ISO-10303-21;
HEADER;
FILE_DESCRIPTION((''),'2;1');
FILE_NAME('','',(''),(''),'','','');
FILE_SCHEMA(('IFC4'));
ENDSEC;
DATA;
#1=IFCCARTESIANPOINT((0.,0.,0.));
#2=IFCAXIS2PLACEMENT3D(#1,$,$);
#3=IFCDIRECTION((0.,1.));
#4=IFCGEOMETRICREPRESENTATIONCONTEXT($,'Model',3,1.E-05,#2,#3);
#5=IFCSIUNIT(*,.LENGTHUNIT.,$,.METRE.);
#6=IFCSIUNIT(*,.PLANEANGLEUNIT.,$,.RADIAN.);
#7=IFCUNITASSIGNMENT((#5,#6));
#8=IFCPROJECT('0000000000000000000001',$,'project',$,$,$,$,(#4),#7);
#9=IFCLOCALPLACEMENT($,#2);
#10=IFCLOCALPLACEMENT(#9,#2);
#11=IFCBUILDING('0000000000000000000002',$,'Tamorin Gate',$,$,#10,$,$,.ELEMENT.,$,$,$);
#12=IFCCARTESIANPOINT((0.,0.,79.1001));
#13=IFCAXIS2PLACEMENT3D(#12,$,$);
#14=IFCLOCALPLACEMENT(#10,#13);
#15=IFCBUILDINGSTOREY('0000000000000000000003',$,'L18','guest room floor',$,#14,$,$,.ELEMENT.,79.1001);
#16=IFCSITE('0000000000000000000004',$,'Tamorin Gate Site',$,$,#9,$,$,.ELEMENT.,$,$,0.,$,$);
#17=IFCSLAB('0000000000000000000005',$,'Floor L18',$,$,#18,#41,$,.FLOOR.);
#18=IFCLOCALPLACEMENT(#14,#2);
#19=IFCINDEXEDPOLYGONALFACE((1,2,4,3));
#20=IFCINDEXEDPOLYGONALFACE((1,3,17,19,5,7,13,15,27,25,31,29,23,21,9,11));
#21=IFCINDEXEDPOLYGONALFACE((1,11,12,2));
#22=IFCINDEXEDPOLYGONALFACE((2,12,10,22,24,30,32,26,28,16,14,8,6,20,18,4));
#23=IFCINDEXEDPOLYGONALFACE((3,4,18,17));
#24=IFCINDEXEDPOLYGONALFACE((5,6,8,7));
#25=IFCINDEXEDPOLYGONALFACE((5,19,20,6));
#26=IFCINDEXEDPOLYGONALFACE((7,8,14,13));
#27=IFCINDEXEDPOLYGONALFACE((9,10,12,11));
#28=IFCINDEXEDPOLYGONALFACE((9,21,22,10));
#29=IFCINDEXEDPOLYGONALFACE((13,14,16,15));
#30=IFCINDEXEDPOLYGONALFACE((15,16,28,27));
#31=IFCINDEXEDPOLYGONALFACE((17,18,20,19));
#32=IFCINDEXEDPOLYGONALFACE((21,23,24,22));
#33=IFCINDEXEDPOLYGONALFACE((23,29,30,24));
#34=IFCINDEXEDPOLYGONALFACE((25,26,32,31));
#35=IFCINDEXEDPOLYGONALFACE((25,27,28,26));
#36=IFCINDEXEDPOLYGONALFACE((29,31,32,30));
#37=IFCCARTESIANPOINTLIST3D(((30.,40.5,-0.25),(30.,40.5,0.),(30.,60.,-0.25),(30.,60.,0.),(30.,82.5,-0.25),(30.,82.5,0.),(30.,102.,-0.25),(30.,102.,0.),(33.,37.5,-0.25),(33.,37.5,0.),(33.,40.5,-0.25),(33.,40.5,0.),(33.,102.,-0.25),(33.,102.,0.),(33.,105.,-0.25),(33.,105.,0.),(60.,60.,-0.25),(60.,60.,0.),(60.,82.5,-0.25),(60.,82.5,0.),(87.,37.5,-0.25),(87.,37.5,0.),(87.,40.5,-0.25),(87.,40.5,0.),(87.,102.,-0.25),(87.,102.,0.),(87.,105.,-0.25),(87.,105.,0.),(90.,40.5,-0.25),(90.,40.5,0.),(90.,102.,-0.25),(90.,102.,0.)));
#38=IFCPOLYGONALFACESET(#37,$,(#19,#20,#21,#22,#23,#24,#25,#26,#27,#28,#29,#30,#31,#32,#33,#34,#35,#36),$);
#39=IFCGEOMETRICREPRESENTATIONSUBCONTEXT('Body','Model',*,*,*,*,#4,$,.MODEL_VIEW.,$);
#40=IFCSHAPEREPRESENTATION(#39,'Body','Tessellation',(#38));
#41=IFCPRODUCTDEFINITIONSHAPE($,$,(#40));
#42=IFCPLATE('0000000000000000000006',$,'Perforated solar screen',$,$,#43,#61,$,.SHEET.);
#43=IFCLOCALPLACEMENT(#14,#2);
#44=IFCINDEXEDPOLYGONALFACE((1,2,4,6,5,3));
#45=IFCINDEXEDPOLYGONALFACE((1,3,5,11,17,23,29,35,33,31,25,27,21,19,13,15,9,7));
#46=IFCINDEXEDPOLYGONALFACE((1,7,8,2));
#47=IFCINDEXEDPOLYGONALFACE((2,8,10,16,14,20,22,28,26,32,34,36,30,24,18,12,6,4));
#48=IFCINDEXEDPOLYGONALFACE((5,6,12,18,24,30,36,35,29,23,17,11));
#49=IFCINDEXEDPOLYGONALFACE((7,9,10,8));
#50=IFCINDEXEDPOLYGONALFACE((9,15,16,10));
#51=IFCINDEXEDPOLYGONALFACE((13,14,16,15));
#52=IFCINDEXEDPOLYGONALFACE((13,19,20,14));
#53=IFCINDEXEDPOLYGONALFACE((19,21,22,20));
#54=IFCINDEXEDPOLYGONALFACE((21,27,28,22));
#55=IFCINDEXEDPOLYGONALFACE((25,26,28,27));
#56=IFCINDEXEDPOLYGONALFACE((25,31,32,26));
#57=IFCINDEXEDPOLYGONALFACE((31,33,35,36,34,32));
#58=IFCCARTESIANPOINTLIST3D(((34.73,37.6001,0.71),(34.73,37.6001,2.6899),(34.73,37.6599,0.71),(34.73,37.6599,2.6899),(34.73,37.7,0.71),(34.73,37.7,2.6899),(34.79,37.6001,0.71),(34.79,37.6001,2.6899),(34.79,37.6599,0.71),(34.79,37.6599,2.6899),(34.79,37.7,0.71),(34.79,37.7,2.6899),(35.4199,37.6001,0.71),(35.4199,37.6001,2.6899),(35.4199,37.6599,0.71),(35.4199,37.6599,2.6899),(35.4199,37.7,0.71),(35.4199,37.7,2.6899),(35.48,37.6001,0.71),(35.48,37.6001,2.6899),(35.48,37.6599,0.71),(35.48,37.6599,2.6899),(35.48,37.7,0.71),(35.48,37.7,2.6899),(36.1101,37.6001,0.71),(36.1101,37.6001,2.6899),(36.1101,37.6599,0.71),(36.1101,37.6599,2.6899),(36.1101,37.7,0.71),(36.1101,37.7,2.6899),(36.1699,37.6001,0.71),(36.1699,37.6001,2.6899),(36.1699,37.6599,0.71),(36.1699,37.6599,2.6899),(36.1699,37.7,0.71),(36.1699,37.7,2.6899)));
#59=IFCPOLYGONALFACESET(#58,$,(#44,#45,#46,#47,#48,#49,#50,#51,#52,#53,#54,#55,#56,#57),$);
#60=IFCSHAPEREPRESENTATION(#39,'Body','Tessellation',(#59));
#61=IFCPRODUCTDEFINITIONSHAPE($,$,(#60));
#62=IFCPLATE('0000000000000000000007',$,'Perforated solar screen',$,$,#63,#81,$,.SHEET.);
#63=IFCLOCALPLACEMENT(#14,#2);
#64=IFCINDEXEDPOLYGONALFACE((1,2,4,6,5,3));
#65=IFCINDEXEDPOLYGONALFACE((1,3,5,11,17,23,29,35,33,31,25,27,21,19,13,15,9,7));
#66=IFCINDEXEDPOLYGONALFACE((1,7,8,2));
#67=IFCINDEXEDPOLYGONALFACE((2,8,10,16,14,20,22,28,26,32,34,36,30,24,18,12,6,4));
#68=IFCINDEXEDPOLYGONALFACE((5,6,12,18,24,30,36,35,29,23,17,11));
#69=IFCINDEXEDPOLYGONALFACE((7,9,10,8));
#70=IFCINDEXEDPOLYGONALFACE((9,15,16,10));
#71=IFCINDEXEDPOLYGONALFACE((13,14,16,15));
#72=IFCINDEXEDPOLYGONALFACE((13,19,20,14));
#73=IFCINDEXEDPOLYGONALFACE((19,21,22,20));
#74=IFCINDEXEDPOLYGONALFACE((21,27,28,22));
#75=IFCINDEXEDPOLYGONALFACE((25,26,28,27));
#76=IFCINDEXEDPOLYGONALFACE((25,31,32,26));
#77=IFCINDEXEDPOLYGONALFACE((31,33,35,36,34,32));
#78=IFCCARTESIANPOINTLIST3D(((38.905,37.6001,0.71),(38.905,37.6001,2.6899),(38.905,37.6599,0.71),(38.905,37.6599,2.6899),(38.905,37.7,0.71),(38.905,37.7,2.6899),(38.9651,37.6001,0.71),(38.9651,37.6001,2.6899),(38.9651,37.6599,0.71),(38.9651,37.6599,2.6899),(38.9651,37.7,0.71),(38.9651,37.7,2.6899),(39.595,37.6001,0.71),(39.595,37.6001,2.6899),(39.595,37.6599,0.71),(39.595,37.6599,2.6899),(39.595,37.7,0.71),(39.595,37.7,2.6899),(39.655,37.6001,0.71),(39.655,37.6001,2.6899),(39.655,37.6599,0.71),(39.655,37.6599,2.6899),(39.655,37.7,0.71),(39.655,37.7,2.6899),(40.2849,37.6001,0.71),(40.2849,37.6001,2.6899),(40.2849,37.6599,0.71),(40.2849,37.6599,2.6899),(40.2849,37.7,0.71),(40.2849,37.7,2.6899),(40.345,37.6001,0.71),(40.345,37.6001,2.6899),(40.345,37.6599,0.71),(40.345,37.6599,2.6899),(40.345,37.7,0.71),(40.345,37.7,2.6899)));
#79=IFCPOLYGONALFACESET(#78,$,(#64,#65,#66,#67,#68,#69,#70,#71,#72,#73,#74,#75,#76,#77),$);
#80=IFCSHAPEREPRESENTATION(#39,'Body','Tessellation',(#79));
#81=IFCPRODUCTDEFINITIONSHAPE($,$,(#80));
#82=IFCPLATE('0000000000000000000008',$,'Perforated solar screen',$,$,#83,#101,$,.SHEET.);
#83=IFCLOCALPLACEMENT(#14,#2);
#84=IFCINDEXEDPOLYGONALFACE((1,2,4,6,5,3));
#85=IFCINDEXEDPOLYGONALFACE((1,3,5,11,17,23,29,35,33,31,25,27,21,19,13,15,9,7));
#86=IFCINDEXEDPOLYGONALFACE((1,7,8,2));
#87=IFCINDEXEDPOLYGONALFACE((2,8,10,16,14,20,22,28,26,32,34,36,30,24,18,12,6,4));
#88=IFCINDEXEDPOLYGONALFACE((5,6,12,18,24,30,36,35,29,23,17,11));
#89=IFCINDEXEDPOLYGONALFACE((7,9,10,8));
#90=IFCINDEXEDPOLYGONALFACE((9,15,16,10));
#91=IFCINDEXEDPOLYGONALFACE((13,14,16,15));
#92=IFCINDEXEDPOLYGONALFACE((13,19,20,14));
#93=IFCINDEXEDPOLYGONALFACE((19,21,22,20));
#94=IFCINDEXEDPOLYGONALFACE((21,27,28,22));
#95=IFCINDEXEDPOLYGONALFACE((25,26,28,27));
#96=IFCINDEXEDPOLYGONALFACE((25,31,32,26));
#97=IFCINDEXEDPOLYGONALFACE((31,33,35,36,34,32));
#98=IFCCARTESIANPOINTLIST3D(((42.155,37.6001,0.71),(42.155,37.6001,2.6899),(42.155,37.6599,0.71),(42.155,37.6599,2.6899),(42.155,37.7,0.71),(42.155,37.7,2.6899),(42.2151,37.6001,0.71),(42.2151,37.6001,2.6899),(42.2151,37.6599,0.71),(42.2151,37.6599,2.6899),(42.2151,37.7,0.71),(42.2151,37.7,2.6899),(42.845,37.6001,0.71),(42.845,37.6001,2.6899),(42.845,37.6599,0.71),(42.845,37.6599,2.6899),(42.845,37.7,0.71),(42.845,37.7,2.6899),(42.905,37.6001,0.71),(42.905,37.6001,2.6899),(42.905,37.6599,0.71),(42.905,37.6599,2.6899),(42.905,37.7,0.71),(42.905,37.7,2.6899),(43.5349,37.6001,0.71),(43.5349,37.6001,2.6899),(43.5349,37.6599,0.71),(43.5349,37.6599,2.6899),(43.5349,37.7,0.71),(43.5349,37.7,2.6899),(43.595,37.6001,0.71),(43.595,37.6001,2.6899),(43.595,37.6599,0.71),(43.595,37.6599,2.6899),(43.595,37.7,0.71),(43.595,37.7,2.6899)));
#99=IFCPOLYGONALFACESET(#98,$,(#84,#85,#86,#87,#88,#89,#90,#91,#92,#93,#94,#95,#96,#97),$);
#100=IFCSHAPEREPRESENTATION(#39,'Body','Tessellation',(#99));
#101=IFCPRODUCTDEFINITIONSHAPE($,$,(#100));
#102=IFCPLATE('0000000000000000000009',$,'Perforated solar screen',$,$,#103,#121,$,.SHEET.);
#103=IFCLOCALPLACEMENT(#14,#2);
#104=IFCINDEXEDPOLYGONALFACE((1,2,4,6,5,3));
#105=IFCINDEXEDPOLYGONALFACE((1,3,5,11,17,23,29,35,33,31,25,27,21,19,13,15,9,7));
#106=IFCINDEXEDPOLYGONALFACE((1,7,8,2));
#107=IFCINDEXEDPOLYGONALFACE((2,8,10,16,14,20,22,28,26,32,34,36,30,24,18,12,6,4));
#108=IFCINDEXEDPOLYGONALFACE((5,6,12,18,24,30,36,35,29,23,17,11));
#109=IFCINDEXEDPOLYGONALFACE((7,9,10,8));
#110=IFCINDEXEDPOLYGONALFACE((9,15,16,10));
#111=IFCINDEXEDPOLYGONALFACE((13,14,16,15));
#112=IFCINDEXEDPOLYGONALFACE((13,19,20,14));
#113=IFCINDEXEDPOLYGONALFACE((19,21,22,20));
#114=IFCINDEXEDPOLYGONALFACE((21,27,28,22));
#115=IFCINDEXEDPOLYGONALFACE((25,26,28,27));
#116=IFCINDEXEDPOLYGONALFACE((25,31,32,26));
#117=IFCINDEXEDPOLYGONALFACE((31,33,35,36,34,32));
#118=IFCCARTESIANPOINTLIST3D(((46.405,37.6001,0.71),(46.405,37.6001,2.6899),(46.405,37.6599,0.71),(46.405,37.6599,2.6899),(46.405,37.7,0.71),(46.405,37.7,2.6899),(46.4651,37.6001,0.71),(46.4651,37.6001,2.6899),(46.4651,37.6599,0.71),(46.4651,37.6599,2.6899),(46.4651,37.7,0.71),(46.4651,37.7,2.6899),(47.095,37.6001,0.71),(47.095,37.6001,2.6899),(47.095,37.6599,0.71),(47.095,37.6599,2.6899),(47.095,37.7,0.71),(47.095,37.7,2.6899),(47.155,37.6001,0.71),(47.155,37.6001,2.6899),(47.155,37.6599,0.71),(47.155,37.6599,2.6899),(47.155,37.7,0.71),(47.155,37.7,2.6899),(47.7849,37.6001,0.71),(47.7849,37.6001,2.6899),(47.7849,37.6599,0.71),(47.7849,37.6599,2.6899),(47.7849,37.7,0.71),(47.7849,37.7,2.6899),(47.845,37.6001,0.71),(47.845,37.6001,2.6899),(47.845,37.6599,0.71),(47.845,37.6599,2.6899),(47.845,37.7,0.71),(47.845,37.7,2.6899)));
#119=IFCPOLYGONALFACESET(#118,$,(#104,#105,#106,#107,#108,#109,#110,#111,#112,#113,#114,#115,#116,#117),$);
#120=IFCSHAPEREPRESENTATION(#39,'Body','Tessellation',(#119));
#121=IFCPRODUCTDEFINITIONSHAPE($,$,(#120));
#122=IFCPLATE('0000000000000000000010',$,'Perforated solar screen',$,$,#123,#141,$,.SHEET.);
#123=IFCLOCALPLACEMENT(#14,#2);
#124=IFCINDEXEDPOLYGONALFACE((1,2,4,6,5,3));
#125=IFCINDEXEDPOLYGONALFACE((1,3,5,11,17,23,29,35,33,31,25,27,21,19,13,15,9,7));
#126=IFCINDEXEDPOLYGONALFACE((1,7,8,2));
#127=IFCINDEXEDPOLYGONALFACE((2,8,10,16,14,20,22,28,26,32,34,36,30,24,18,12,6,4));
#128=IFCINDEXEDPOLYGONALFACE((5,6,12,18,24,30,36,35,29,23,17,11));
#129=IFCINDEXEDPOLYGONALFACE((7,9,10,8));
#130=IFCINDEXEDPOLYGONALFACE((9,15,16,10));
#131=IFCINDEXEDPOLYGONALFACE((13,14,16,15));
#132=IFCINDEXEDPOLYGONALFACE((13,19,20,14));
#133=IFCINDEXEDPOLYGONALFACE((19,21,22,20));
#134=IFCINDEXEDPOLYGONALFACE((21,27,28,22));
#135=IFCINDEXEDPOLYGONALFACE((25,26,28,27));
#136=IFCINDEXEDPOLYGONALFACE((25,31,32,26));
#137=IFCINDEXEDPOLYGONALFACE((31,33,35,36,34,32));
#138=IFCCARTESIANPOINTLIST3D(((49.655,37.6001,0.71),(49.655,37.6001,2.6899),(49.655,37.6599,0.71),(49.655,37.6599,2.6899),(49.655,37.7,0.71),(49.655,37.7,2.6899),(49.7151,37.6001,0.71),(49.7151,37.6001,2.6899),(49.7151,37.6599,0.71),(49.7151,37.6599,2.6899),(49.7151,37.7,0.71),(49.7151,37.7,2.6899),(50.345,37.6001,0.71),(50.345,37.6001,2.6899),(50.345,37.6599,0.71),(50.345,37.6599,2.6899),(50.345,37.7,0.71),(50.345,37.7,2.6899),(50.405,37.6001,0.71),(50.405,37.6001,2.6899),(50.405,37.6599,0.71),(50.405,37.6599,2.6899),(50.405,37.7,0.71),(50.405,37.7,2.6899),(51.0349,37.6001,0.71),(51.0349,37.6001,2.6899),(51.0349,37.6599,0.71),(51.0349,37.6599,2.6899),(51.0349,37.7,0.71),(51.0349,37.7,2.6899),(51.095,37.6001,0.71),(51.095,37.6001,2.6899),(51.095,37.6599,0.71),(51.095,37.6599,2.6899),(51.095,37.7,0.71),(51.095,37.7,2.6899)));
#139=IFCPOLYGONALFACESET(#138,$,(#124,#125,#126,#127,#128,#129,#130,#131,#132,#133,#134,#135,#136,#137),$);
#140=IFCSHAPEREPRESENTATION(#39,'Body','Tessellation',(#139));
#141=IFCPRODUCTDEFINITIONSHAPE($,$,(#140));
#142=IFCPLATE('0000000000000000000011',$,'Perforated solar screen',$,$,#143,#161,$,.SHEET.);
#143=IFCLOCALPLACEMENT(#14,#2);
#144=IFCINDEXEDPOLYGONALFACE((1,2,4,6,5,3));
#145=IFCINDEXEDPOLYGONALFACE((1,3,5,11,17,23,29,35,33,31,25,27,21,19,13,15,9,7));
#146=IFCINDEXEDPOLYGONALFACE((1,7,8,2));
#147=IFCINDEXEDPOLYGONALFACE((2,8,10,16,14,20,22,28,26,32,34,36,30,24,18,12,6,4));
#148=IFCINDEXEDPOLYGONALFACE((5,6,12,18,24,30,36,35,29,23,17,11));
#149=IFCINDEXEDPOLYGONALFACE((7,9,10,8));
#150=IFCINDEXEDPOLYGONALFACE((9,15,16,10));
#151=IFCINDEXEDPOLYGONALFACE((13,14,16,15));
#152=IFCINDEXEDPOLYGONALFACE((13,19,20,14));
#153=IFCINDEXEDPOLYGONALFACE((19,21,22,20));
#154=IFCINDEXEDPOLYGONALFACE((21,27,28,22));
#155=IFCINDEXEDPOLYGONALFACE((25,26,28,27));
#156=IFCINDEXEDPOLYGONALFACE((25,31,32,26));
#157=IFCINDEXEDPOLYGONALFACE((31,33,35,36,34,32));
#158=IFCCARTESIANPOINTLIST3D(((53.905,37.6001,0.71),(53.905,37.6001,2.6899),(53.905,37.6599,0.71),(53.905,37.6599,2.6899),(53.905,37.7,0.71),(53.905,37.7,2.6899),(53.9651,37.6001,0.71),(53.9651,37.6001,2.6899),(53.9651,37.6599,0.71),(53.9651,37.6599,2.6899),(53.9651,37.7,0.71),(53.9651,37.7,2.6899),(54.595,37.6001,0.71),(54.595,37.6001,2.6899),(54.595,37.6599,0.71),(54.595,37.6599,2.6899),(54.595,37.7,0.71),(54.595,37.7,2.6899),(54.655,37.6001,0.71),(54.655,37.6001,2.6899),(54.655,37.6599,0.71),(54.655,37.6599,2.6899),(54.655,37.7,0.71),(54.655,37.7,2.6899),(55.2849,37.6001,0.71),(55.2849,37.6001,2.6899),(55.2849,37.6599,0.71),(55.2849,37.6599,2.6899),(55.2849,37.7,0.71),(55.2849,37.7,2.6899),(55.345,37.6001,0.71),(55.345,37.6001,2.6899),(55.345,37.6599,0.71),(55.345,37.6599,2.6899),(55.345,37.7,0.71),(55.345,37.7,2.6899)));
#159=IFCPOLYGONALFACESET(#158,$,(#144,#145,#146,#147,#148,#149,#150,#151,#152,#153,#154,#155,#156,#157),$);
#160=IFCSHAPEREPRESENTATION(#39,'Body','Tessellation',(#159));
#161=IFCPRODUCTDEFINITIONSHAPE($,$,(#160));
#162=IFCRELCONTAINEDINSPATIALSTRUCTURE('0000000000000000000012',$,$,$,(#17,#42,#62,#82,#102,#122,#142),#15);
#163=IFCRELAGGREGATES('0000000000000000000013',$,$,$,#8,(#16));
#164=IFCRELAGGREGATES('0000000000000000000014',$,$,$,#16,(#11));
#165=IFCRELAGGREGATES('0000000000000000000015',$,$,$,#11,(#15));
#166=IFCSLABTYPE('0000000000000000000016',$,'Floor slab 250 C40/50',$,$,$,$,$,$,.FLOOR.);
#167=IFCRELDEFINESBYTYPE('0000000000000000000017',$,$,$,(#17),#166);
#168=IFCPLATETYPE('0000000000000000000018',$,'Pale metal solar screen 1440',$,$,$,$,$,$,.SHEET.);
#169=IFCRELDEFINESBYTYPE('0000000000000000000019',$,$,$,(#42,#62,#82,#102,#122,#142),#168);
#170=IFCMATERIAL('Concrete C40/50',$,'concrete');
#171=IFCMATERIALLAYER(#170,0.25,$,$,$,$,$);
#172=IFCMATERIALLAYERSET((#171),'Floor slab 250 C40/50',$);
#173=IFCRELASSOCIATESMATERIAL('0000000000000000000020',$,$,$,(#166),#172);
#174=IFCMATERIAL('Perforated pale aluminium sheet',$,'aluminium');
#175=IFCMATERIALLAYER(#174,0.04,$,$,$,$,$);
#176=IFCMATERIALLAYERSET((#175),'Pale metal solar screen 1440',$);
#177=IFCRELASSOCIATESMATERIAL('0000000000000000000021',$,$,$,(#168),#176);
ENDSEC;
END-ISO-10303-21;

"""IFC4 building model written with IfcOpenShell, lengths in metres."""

from ifc_helpers import new_model, si_unit, direction, frame, origin, place, context, subcontext, project, spatial, polyline, outline, extrude, material, layer, layer_set, type_object, element, save


model = new_model("IFC4")

# Units and contexts
model_context = context("Model", 3, precision=1e-05, world=origin(), true_north=direction((0.0, 1.0)))
body_context = subcontext(model_context, "Body", "Model", "MODEL_VIEW")
ifc_project = project(units=[si_unit("LENGTHUNIT", "METRE"), si_unit("PLANEANGLEUNIT", "RADIAN")], contexts=[model_context])

# Site, building, storey
site_placement = place(None, origin())
site = spatial("IfcSite", under=ifc_project, at=site_placement, Name="Tamorin Gate Site", CompositionType="ELEMENT", RefElevation=0.0)
building_placement = place(site_placement, origin())
building = spatial("IfcBuilding", under=site, at=building_placement, Name="Tamorin Gate", CompositionType="ELEMENT")
storey_placement = place(building_placement, frame((0.0, 0.0, 79.1001)))
storey = spatial("IfcBuildingStorey", under=building, at=storey_placement, Name="L18", Description="guest room floor", CompositionType="ELEMENT", Elevation=79.1001)

# Slab
ifc_material_1 = material(Name="Concrete C40/50", Category="concrete")
ifc_layer_1 = layer(ifc_material_1, 0.25)
ifc_layer_set_1 = layer_set([ifc_layer_1], Name="Floor slab 250 C40/50")
slab_type = type_object("IfcSlabType", Name="Floor slab 250 C40/50", PredefinedType="FLOOR", material=ifc_layer_set_1)
slab_placement = place(storey_placement, frame((0.0, 0.0, -0.25)))
element("IfcSlab", 1, at=slab_placement, inside=storey, type_object=slab_type, Name="Floor L18", PredefinedType="FLOOR", context=body_context, shape_type="SweptSolid", body=[
    extrude(outline(polyline([(30.0, 102.0), (33.0, 102.0), (33.0, 105.0), (87.0, 105.0), (87.0, 102.0), (90.0, 102.0), (90.0, 40.5), (87.0, 40.5), (87.0, 37.5), (33.0, 37.5), (33.0, 40.5), (30.0, 40.5), (30.0, 60.0), (60.0, 60.0), (60.0, 82.5), (30.0, 82.5), (30.0, 102.0)])), origin(), (0.0, 0.0, 1.0), 0.25),
])

# Plates
ifc_material_2 = material(Name="Perforated pale aluminium sheet", Category="aluminium")
ifc_layer_2 = layer(ifc_material_2, 0.04)
ifc_layer_set_2 = layer_set([ifc_layer_2], Name="Pale metal solar screen 1440")
plate_type = type_object("IfcPlateType", Name="Pale metal solar screen 1440", PredefinedType="SHEET", material=ifc_layer_set_2)
plate_1_placement = place(storey_placement, frame((0.0, 0.0, 0.71)))
element("IfcPlate", 2, at=plate_1_placement, inside=storey, type_object=plate_type, Name="Perforated solar screen", PredefinedType="SHEET", context=body_context, shape_type="SweptSolid", body=[
    extrude(outline(polyline([(34.73, 37.6599), (34.73, 37.7), (34.79, 37.7), (35.4199, 37.7), (35.48, 37.7), (36.1101, 37.7), (36.1699, 37.7), (36.1699, 37.6599), (36.1699, 37.6001), (36.1101, 37.6001), (36.1101, 37.6599), (35.48, 37.6599), (35.48, 37.6001), (35.4199, 37.6001), (35.4199, 37.6599), (34.79, 37.6599), (34.79, 37.6001), (34.73, 37.6001), (34.73, 37.6599)])), origin(), (0.0, 0.0, 1.0), 1.98),
])
plate_2_placement = place(storey_placement, frame((0.0, 0.0, 0.71)))
element("IfcPlate", 3, at=plate_2_placement, inside=storey, type_object=plate_type, Name="Perforated solar screen", PredefinedType="SHEET", context=body_context, shape_type="SweptSolid", body=[
    extrude(outline(polyline([(38.905, 37.6599), (38.905, 37.7), (38.9651, 37.7), (39.595, 37.7), (39.655, 37.7), (40.2849, 37.7), (40.345, 37.7), (40.345, 37.7), (40.345, 37.6599), (40.345, 37.6599), (40.345, 37.6001), (40.2849, 37.6001), (40.2849, 37.6599), (39.655, 37.6599), (39.655, 37.6001), (39.595, 37.6001), (39.595, 37.6599), (38.9651, 37.6599), (38.9651, 37.6001), (38.905, 37.6001), (38.905, 37.6599)])), origin(), (0.0, 0.0, 1.0), 1.98),
])
plate_3_placement = place(storey_placement, frame((0.0, 0.0, 0.71)))
element("IfcPlate", 4, at=plate_3_placement, inside=storey, type_object=plate_type, Name="Perforated solar screen", PredefinedType="SHEET", context=body_context, shape_type="SweptSolid", body=[
    extrude(outline(polyline([(42.155, 37.6599), (42.155, 37.7), (42.2151, 37.7), (42.845, 37.7), (42.905, 37.7), (43.5349, 37.7), (43.595, 37.7), (43.595, 37.6599), (43.595, 37.6001), (43.5349, 37.6001), (43.5349, 37.6599), (42.905, 37.6599), (42.905, 37.6001), (42.845, 37.6001), (42.845, 37.6599), (42.2151, 37.6599), (42.2151, 37.6001), (42.155, 37.6001), (42.155, 37.6599)])), origin(), (0.0, 0.0, 1.0), 1.98),
])
plate_4_placement = place(storey_placement, frame((0.0, 0.0, 0.71)))
element("IfcPlate", 5, at=plate_4_placement, inside=storey, type_object=plate_type, Name="Perforated solar screen", PredefinedType="SHEET", context=body_context, shape_type="SweptSolid", body=[
    extrude(outline(polyline([(46.405, 37.6599), (46.405, 37.7), (46.4651, 37.7), (47.095, 37.7), (47.155, 37.7), (47.7849, 37.7), (47.845, 37.7), (47.845, 37.6599), (47.845, 37.6001), (47.7849, 37.6001), (47.7849, 37.6599), (47.155, 37.6599), (47.155, 37.6001), (47.095, 37.6001), (47.095, 37.6599), (46.4651, 37.6599), (46.4651, 37.6001), (46.405, 37.6001), (46.405, 37.6599)])), origin(), (0.0, 0.0, 1.0), 1.98),
])
plate_5_placement = place(storey_placement, frame((0.0, 0.0, 0.71)))
element("IfcPlate", 6, at=plate_5_placement, inside=storey, type_object=plate_type, Name="Perforated solar screen", PredefinedType="SHEET", context=body_context, shape_type="SweptSolid", body=[
    extrude(outline(polyline([(49.655, 37.6599), (49.655, 37.7), (49.7151, 37.7), (50.345, 37.7), (50.405, 37.7), (51.0349, 37.7), (51.095, 37.7), (51.095, 37.6599), (51.095, 37.6001), (51.0349, 37.6001), (51.0349, 37.6599), (50.405, 37.6599), (50.405, 37.6001), (50.345, 37.6001), (50.345, 37.6599), (49.7151, 37.6599), (49.7151, 37.6001), (49.655, 37.6001), (49.655, 37.6599)])), origin(), (0.0, 0.0, 1.0), 1.98),
])
plate_6_placement = place(storey_placement, frame((0.0, 0.0, 0.71)))
element("IfcPlate", 7, at=plate_6_placement, inside=storey, type_object=plate_type, Name="Perforated solar screen", PredefinedType="SHEET", context=body_context, shape_type="SweptSolid", body=[
    extrude(outline(polyline([(53.905, 37.6599), (53.905, 37.7), (53.9651, 37.7), (54.595, 37.7), (54.655, 37.7), (55.2849, 37.7), (55.345, 37.7), (55.345, 37.6599), (55.345, 37.6001), (55.2849, 37.6001), (55.2849, 37.6599), (54.655, 37.6599), (54.655, 37.6001), (54.595, 37.6001), (54.595, 37.6599), (53.9651, 37.6599), (53.9651, 37.6001), (53.905, 37.6001), (53.905, 37.6599)])), origin(), (0.0, 0.0, 1.0), 1.98),
])

save(model, "model.ifc")
